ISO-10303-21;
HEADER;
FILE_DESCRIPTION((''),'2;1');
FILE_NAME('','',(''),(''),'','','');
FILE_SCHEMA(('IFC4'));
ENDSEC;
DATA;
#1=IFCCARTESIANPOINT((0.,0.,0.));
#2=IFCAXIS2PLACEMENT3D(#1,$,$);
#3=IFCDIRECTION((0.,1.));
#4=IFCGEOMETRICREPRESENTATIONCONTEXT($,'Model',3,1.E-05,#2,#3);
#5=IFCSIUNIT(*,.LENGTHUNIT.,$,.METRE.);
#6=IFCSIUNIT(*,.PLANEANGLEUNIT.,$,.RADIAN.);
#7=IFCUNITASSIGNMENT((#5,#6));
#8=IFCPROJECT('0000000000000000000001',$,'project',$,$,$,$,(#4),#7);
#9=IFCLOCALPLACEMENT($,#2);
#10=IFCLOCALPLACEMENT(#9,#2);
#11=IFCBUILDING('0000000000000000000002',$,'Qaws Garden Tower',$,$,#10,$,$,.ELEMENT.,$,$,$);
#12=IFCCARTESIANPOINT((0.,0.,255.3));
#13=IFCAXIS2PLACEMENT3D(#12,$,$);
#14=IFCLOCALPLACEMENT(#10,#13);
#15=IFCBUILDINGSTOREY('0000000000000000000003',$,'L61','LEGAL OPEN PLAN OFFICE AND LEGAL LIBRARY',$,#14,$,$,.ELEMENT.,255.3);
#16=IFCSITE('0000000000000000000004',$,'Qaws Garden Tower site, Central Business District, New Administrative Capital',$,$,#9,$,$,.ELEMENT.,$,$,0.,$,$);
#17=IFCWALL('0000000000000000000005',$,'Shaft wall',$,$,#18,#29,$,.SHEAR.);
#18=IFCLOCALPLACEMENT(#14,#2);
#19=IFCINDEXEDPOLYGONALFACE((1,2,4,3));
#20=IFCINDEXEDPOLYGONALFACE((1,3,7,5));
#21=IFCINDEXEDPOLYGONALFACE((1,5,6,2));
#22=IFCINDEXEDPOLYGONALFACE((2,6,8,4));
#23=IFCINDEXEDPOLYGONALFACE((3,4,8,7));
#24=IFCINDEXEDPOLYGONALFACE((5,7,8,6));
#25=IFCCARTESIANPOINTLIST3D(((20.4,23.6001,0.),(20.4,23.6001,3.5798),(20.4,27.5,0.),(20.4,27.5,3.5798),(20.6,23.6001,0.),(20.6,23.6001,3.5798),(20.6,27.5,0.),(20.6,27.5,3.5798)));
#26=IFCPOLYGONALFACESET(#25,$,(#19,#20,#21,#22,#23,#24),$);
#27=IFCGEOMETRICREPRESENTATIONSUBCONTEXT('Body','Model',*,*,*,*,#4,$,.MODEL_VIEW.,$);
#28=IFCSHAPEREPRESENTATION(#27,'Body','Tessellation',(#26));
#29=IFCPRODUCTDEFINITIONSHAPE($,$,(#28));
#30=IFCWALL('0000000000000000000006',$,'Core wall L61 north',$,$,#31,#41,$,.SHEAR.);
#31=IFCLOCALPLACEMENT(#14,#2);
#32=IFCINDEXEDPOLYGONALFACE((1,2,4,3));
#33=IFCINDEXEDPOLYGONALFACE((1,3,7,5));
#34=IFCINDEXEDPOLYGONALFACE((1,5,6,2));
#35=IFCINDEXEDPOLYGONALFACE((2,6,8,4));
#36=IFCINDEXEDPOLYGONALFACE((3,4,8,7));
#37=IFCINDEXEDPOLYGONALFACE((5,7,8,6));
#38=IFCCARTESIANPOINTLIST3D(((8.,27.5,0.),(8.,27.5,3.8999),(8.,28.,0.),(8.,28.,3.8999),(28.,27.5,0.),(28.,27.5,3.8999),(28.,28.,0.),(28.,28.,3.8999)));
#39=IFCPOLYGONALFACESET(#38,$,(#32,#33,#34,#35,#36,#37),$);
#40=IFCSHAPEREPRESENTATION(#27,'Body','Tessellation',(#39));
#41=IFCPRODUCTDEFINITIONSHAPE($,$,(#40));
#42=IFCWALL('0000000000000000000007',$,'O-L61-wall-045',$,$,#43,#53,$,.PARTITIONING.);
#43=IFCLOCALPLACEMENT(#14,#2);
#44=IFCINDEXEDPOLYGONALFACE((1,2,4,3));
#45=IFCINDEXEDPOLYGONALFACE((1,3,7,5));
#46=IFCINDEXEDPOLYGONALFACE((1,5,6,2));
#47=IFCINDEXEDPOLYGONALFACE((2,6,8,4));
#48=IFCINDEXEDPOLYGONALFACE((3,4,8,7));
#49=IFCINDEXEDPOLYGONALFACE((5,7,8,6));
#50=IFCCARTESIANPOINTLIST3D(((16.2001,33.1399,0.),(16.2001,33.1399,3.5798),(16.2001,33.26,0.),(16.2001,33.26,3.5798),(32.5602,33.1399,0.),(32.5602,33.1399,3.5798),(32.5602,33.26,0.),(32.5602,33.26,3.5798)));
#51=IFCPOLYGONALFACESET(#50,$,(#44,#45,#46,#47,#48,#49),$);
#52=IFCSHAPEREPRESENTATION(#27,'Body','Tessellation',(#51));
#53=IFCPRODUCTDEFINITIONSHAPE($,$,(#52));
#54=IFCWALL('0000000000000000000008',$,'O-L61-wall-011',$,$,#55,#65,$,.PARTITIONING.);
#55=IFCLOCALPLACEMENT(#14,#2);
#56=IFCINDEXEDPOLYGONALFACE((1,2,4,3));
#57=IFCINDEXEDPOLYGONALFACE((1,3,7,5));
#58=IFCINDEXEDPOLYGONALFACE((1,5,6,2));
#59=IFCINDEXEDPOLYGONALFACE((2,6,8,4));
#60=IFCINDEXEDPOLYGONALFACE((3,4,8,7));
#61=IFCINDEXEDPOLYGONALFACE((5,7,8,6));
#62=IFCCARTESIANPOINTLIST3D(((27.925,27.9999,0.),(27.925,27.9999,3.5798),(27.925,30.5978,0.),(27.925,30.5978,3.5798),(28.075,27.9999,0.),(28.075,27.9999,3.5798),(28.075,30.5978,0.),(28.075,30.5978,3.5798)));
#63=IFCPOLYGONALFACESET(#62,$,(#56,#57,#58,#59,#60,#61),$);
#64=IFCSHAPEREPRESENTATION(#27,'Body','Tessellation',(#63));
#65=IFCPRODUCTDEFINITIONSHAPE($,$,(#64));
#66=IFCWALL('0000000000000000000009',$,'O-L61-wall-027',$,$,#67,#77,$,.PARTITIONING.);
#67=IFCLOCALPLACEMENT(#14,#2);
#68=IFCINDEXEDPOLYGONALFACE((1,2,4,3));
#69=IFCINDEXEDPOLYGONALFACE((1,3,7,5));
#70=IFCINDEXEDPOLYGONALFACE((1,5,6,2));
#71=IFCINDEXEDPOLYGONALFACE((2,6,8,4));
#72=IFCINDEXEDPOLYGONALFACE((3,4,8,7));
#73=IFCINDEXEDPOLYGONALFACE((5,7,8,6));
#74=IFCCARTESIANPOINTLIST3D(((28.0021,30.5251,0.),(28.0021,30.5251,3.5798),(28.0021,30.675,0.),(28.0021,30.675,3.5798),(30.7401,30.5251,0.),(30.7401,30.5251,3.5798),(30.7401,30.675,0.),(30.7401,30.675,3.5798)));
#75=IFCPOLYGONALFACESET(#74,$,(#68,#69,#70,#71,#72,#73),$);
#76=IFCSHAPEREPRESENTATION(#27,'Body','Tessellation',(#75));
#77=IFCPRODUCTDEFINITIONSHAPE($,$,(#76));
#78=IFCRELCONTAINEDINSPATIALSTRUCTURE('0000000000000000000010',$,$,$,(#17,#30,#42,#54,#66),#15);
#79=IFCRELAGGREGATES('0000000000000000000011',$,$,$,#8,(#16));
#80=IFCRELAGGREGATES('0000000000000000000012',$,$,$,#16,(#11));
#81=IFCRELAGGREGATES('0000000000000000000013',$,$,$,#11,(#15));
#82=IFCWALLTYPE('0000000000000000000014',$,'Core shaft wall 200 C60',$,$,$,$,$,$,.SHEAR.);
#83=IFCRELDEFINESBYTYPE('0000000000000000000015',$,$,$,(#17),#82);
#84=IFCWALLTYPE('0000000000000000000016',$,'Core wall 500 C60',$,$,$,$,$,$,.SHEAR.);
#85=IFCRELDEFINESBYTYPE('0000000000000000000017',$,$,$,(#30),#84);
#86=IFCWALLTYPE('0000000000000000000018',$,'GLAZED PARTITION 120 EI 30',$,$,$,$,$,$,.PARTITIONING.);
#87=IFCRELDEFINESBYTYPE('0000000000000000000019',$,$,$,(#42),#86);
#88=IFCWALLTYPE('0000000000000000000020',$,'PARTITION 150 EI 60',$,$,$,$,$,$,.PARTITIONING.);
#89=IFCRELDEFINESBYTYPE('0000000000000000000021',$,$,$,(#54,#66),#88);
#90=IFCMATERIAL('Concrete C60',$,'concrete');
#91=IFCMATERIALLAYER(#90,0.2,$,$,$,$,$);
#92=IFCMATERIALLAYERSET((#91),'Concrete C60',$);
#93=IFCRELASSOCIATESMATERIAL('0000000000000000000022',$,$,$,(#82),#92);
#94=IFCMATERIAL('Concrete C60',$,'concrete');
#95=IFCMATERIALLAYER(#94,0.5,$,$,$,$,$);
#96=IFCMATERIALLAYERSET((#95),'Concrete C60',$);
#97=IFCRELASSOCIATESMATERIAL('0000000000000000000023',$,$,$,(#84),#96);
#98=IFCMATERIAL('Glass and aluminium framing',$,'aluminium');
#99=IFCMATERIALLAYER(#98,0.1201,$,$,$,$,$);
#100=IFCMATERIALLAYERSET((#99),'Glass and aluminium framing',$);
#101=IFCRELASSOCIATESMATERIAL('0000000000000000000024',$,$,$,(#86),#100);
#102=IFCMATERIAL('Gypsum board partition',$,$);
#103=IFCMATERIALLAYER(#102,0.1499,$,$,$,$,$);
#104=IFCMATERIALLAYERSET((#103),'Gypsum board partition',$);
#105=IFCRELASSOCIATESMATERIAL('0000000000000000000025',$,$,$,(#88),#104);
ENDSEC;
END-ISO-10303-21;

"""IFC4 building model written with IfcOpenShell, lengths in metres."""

from ifc_helpers import new_model, si_unit, direction, frame, frame_2d, origin, place, context, subcontext, project, spatial, rectangle, extrude, material, layer, layer_set, type_object, element, save


model = new_model("IFC4")

# Units and contexts
model_context = context("Model", 3, precision=1e-05, world=origin(), true_north=direction((0.0, 1.0)))
body_context = subcontext(model_context, "Body", "Model", "MODEL_VIEW")
ifc_project = project(units=[si_unit("LENGTHUNIT", "METRE"), si_unit("PLANEANGLEUNIT", "RADIAN")], contexts=[model_context])

# Site, building, storey
site_placement = place(None, origin())
site = spatial("IfcSite", under=ifc_project, at=site_placement, Name="Qaws Garden Tower site, Central Business District, New Administrative Capital", CompositionType="ELEMENT", RefElevation=0.0)
building_placement = place(site_placement, origin())
building = spatial("IfcBuilding", under=site, at=building_placement, Name="Qaws Garden Tower", CompositionType="ELEMENT")
storey_placement = place(building_placement, frame((0.0, 0.0, 255.3)))
storey = spatial("IfcBuildingStorey", under=building, at=storey_placement, Name="L61", Description="LEGAL OPEN PLAN OFFICE AND LEGAL LIBRARY", CompositionType="ELEMENT", Elevation=255.3)

# Shared definitions
ifc_material_1 = material(Name="Concrete C60", Category="concrete")
ifc_layer_1 = layer(ifc_material_1, 0.2)
ifc_layer_set_1 = layer_set([ifc_layer_1], Name="Concrete C60")
wall_type_1 = type_object("IfcWallType", Name="Core shaft wall 200 C60", PredefinedType="SHEAR", material=ifc_layer_set_1)

# Walls
wall_1_placement = place(storey_placement, frame((20.5, 23.6001, 0.0), z_axis=(0.0, 0.0, 1.0), x_axis=(0.0, 1.0, 0.0)))
element("IfcWall", 1, at=wall_1_placement, inside=storey, type_object=wall_type_1, Name="Shaft wall", PredefinedType="SHEAR", context=body_context, shape_type="SweptSolid", body=[
    extrude(rectangle(XDim=3.8999, YDim=0.2, at=frame_2d((1.95, 0.0))), origin(), (0.0, 0.0, 1.0), 3.5798),
])
ifc_material_2 = material(Name="Concrete C60", Category="concrete")
ifc_layer_2 = layer(ifc_material_2, 0.5)
ifc_layer_set_2 = layer_set([ifc_layer_2], Name="Concrete C60")
wall_type_2 = type_object("IfcWallType", Name="Core wall 500 C60", PredefinedType="SHEAR", material=ifc_layer_set_2)
wall_2_placement = place(storey_placement, frame((28.0, 27.75, 0.0), z_axis=(0.0, 0.0, 1.0), x_axis=(-1.0, 0.0, 0.0)))
element("IfcWall", 2, at=wall_2_placement, inside=storey, type_object=wall_type_2, Name="Core wall L61 north", PredefinedType="SHEAR", context=body_context, shape_type="SweptSolid", body=[
    extrude(rectangle(XDim=20.0, YDim=0.5, at=frame_2d((10.0, 0.0))), origin(), (0.0, 0.0, 1.0), 3.8999),
])
ifc_material_3 = material(Name="Glass and aluminium framing", Category="aluminium")
ifc_layer_3 = layer(ifc_material_3, 0.1201)
ifc_layer_set_3 = layer_set([ifc_layer_3], Name="Glass and aluminium framing")
wall_type_3 = type_object("IfcWallType", Name="GLAZED PARTITION 120 EI 30", PredefinedType="PARTITIONING", material=ifc_layer_set_3)
wall_3_placement = place(storey_placement, frame((16.2, 33.2, 0.0), z_axis=(0.0, 0.0, 1.0), x_axis=(1.0, 0.0, 0.0)))
element("IfcWall", 3, at=wall_3_placement, inside=storey, type_object=wall_type_3, Name="O-L61-wall-045", PredefinedType="PARTITIONING", context=body_context, shape_type="SweptSolid", body=[
    extrude(rectangle(XDim=16.3601, YDim=0.1201, at=frame_2d((8.1802, 0.0))), origin(), (0.0, 0.0, 1.0), 3.5798),
])
ifc_material_4 = material(Name="Gypsum board partition")
ifc_layer_4 = layer(ifc_material_4, 0.1499)
ifc_layer_set_4 = layer_set([ifc_layer_4], Name="Gypsum board partition")
wall_type_4 = type_object("IfcWallType", Name="PARTITION 150 EI 60", PredefinedType="PARTITIONING", material=ifc_layer_set_4)
wall_4_placement = place(storey_placement, frame((28.0, 28.0, 0.0), z_axis=(0.0, 0.0, 1.0), x_axis=(0.0, 1.0, 0.0)))
element("IfcWall", 4, at=wall_4_placement, inside=storey, type_object=wall_type_4, Name="O-L61-wall-011", PredefinedType="PARTITIONING", context=body_context, shape_type="SweptSolid", body=[
    extrude(rectangle(XDim=2.5979, YDim=0.1499, at=frame_2d((1.2988, 0.0))), origin(), (0.0, 0.0, 1.0), 3.5798),
])
wall_5_placement = place(storey_placement, frame((28.002, 30.6001, 0.0), z_axis=(0.0, 0.0, 1.0), x_axis=(1.0, 0.0, 0.0)))
element("IfcWall", 5, at=wall_5_placement, inside=storey, type_object=wall_type_4, Name="O-L61-wall-027", PredefinedType="PARTITIONING", context=body_context, shape_type="SweptSolid", body=[
    extrude(rectangle(XDim=2.738, YDim=0.1499, at=frame_2d((1.3691, 0.0))), origin(), (0.0, 0.0, 1.0), 3.5798),
])

save(model, "model.ifc")
